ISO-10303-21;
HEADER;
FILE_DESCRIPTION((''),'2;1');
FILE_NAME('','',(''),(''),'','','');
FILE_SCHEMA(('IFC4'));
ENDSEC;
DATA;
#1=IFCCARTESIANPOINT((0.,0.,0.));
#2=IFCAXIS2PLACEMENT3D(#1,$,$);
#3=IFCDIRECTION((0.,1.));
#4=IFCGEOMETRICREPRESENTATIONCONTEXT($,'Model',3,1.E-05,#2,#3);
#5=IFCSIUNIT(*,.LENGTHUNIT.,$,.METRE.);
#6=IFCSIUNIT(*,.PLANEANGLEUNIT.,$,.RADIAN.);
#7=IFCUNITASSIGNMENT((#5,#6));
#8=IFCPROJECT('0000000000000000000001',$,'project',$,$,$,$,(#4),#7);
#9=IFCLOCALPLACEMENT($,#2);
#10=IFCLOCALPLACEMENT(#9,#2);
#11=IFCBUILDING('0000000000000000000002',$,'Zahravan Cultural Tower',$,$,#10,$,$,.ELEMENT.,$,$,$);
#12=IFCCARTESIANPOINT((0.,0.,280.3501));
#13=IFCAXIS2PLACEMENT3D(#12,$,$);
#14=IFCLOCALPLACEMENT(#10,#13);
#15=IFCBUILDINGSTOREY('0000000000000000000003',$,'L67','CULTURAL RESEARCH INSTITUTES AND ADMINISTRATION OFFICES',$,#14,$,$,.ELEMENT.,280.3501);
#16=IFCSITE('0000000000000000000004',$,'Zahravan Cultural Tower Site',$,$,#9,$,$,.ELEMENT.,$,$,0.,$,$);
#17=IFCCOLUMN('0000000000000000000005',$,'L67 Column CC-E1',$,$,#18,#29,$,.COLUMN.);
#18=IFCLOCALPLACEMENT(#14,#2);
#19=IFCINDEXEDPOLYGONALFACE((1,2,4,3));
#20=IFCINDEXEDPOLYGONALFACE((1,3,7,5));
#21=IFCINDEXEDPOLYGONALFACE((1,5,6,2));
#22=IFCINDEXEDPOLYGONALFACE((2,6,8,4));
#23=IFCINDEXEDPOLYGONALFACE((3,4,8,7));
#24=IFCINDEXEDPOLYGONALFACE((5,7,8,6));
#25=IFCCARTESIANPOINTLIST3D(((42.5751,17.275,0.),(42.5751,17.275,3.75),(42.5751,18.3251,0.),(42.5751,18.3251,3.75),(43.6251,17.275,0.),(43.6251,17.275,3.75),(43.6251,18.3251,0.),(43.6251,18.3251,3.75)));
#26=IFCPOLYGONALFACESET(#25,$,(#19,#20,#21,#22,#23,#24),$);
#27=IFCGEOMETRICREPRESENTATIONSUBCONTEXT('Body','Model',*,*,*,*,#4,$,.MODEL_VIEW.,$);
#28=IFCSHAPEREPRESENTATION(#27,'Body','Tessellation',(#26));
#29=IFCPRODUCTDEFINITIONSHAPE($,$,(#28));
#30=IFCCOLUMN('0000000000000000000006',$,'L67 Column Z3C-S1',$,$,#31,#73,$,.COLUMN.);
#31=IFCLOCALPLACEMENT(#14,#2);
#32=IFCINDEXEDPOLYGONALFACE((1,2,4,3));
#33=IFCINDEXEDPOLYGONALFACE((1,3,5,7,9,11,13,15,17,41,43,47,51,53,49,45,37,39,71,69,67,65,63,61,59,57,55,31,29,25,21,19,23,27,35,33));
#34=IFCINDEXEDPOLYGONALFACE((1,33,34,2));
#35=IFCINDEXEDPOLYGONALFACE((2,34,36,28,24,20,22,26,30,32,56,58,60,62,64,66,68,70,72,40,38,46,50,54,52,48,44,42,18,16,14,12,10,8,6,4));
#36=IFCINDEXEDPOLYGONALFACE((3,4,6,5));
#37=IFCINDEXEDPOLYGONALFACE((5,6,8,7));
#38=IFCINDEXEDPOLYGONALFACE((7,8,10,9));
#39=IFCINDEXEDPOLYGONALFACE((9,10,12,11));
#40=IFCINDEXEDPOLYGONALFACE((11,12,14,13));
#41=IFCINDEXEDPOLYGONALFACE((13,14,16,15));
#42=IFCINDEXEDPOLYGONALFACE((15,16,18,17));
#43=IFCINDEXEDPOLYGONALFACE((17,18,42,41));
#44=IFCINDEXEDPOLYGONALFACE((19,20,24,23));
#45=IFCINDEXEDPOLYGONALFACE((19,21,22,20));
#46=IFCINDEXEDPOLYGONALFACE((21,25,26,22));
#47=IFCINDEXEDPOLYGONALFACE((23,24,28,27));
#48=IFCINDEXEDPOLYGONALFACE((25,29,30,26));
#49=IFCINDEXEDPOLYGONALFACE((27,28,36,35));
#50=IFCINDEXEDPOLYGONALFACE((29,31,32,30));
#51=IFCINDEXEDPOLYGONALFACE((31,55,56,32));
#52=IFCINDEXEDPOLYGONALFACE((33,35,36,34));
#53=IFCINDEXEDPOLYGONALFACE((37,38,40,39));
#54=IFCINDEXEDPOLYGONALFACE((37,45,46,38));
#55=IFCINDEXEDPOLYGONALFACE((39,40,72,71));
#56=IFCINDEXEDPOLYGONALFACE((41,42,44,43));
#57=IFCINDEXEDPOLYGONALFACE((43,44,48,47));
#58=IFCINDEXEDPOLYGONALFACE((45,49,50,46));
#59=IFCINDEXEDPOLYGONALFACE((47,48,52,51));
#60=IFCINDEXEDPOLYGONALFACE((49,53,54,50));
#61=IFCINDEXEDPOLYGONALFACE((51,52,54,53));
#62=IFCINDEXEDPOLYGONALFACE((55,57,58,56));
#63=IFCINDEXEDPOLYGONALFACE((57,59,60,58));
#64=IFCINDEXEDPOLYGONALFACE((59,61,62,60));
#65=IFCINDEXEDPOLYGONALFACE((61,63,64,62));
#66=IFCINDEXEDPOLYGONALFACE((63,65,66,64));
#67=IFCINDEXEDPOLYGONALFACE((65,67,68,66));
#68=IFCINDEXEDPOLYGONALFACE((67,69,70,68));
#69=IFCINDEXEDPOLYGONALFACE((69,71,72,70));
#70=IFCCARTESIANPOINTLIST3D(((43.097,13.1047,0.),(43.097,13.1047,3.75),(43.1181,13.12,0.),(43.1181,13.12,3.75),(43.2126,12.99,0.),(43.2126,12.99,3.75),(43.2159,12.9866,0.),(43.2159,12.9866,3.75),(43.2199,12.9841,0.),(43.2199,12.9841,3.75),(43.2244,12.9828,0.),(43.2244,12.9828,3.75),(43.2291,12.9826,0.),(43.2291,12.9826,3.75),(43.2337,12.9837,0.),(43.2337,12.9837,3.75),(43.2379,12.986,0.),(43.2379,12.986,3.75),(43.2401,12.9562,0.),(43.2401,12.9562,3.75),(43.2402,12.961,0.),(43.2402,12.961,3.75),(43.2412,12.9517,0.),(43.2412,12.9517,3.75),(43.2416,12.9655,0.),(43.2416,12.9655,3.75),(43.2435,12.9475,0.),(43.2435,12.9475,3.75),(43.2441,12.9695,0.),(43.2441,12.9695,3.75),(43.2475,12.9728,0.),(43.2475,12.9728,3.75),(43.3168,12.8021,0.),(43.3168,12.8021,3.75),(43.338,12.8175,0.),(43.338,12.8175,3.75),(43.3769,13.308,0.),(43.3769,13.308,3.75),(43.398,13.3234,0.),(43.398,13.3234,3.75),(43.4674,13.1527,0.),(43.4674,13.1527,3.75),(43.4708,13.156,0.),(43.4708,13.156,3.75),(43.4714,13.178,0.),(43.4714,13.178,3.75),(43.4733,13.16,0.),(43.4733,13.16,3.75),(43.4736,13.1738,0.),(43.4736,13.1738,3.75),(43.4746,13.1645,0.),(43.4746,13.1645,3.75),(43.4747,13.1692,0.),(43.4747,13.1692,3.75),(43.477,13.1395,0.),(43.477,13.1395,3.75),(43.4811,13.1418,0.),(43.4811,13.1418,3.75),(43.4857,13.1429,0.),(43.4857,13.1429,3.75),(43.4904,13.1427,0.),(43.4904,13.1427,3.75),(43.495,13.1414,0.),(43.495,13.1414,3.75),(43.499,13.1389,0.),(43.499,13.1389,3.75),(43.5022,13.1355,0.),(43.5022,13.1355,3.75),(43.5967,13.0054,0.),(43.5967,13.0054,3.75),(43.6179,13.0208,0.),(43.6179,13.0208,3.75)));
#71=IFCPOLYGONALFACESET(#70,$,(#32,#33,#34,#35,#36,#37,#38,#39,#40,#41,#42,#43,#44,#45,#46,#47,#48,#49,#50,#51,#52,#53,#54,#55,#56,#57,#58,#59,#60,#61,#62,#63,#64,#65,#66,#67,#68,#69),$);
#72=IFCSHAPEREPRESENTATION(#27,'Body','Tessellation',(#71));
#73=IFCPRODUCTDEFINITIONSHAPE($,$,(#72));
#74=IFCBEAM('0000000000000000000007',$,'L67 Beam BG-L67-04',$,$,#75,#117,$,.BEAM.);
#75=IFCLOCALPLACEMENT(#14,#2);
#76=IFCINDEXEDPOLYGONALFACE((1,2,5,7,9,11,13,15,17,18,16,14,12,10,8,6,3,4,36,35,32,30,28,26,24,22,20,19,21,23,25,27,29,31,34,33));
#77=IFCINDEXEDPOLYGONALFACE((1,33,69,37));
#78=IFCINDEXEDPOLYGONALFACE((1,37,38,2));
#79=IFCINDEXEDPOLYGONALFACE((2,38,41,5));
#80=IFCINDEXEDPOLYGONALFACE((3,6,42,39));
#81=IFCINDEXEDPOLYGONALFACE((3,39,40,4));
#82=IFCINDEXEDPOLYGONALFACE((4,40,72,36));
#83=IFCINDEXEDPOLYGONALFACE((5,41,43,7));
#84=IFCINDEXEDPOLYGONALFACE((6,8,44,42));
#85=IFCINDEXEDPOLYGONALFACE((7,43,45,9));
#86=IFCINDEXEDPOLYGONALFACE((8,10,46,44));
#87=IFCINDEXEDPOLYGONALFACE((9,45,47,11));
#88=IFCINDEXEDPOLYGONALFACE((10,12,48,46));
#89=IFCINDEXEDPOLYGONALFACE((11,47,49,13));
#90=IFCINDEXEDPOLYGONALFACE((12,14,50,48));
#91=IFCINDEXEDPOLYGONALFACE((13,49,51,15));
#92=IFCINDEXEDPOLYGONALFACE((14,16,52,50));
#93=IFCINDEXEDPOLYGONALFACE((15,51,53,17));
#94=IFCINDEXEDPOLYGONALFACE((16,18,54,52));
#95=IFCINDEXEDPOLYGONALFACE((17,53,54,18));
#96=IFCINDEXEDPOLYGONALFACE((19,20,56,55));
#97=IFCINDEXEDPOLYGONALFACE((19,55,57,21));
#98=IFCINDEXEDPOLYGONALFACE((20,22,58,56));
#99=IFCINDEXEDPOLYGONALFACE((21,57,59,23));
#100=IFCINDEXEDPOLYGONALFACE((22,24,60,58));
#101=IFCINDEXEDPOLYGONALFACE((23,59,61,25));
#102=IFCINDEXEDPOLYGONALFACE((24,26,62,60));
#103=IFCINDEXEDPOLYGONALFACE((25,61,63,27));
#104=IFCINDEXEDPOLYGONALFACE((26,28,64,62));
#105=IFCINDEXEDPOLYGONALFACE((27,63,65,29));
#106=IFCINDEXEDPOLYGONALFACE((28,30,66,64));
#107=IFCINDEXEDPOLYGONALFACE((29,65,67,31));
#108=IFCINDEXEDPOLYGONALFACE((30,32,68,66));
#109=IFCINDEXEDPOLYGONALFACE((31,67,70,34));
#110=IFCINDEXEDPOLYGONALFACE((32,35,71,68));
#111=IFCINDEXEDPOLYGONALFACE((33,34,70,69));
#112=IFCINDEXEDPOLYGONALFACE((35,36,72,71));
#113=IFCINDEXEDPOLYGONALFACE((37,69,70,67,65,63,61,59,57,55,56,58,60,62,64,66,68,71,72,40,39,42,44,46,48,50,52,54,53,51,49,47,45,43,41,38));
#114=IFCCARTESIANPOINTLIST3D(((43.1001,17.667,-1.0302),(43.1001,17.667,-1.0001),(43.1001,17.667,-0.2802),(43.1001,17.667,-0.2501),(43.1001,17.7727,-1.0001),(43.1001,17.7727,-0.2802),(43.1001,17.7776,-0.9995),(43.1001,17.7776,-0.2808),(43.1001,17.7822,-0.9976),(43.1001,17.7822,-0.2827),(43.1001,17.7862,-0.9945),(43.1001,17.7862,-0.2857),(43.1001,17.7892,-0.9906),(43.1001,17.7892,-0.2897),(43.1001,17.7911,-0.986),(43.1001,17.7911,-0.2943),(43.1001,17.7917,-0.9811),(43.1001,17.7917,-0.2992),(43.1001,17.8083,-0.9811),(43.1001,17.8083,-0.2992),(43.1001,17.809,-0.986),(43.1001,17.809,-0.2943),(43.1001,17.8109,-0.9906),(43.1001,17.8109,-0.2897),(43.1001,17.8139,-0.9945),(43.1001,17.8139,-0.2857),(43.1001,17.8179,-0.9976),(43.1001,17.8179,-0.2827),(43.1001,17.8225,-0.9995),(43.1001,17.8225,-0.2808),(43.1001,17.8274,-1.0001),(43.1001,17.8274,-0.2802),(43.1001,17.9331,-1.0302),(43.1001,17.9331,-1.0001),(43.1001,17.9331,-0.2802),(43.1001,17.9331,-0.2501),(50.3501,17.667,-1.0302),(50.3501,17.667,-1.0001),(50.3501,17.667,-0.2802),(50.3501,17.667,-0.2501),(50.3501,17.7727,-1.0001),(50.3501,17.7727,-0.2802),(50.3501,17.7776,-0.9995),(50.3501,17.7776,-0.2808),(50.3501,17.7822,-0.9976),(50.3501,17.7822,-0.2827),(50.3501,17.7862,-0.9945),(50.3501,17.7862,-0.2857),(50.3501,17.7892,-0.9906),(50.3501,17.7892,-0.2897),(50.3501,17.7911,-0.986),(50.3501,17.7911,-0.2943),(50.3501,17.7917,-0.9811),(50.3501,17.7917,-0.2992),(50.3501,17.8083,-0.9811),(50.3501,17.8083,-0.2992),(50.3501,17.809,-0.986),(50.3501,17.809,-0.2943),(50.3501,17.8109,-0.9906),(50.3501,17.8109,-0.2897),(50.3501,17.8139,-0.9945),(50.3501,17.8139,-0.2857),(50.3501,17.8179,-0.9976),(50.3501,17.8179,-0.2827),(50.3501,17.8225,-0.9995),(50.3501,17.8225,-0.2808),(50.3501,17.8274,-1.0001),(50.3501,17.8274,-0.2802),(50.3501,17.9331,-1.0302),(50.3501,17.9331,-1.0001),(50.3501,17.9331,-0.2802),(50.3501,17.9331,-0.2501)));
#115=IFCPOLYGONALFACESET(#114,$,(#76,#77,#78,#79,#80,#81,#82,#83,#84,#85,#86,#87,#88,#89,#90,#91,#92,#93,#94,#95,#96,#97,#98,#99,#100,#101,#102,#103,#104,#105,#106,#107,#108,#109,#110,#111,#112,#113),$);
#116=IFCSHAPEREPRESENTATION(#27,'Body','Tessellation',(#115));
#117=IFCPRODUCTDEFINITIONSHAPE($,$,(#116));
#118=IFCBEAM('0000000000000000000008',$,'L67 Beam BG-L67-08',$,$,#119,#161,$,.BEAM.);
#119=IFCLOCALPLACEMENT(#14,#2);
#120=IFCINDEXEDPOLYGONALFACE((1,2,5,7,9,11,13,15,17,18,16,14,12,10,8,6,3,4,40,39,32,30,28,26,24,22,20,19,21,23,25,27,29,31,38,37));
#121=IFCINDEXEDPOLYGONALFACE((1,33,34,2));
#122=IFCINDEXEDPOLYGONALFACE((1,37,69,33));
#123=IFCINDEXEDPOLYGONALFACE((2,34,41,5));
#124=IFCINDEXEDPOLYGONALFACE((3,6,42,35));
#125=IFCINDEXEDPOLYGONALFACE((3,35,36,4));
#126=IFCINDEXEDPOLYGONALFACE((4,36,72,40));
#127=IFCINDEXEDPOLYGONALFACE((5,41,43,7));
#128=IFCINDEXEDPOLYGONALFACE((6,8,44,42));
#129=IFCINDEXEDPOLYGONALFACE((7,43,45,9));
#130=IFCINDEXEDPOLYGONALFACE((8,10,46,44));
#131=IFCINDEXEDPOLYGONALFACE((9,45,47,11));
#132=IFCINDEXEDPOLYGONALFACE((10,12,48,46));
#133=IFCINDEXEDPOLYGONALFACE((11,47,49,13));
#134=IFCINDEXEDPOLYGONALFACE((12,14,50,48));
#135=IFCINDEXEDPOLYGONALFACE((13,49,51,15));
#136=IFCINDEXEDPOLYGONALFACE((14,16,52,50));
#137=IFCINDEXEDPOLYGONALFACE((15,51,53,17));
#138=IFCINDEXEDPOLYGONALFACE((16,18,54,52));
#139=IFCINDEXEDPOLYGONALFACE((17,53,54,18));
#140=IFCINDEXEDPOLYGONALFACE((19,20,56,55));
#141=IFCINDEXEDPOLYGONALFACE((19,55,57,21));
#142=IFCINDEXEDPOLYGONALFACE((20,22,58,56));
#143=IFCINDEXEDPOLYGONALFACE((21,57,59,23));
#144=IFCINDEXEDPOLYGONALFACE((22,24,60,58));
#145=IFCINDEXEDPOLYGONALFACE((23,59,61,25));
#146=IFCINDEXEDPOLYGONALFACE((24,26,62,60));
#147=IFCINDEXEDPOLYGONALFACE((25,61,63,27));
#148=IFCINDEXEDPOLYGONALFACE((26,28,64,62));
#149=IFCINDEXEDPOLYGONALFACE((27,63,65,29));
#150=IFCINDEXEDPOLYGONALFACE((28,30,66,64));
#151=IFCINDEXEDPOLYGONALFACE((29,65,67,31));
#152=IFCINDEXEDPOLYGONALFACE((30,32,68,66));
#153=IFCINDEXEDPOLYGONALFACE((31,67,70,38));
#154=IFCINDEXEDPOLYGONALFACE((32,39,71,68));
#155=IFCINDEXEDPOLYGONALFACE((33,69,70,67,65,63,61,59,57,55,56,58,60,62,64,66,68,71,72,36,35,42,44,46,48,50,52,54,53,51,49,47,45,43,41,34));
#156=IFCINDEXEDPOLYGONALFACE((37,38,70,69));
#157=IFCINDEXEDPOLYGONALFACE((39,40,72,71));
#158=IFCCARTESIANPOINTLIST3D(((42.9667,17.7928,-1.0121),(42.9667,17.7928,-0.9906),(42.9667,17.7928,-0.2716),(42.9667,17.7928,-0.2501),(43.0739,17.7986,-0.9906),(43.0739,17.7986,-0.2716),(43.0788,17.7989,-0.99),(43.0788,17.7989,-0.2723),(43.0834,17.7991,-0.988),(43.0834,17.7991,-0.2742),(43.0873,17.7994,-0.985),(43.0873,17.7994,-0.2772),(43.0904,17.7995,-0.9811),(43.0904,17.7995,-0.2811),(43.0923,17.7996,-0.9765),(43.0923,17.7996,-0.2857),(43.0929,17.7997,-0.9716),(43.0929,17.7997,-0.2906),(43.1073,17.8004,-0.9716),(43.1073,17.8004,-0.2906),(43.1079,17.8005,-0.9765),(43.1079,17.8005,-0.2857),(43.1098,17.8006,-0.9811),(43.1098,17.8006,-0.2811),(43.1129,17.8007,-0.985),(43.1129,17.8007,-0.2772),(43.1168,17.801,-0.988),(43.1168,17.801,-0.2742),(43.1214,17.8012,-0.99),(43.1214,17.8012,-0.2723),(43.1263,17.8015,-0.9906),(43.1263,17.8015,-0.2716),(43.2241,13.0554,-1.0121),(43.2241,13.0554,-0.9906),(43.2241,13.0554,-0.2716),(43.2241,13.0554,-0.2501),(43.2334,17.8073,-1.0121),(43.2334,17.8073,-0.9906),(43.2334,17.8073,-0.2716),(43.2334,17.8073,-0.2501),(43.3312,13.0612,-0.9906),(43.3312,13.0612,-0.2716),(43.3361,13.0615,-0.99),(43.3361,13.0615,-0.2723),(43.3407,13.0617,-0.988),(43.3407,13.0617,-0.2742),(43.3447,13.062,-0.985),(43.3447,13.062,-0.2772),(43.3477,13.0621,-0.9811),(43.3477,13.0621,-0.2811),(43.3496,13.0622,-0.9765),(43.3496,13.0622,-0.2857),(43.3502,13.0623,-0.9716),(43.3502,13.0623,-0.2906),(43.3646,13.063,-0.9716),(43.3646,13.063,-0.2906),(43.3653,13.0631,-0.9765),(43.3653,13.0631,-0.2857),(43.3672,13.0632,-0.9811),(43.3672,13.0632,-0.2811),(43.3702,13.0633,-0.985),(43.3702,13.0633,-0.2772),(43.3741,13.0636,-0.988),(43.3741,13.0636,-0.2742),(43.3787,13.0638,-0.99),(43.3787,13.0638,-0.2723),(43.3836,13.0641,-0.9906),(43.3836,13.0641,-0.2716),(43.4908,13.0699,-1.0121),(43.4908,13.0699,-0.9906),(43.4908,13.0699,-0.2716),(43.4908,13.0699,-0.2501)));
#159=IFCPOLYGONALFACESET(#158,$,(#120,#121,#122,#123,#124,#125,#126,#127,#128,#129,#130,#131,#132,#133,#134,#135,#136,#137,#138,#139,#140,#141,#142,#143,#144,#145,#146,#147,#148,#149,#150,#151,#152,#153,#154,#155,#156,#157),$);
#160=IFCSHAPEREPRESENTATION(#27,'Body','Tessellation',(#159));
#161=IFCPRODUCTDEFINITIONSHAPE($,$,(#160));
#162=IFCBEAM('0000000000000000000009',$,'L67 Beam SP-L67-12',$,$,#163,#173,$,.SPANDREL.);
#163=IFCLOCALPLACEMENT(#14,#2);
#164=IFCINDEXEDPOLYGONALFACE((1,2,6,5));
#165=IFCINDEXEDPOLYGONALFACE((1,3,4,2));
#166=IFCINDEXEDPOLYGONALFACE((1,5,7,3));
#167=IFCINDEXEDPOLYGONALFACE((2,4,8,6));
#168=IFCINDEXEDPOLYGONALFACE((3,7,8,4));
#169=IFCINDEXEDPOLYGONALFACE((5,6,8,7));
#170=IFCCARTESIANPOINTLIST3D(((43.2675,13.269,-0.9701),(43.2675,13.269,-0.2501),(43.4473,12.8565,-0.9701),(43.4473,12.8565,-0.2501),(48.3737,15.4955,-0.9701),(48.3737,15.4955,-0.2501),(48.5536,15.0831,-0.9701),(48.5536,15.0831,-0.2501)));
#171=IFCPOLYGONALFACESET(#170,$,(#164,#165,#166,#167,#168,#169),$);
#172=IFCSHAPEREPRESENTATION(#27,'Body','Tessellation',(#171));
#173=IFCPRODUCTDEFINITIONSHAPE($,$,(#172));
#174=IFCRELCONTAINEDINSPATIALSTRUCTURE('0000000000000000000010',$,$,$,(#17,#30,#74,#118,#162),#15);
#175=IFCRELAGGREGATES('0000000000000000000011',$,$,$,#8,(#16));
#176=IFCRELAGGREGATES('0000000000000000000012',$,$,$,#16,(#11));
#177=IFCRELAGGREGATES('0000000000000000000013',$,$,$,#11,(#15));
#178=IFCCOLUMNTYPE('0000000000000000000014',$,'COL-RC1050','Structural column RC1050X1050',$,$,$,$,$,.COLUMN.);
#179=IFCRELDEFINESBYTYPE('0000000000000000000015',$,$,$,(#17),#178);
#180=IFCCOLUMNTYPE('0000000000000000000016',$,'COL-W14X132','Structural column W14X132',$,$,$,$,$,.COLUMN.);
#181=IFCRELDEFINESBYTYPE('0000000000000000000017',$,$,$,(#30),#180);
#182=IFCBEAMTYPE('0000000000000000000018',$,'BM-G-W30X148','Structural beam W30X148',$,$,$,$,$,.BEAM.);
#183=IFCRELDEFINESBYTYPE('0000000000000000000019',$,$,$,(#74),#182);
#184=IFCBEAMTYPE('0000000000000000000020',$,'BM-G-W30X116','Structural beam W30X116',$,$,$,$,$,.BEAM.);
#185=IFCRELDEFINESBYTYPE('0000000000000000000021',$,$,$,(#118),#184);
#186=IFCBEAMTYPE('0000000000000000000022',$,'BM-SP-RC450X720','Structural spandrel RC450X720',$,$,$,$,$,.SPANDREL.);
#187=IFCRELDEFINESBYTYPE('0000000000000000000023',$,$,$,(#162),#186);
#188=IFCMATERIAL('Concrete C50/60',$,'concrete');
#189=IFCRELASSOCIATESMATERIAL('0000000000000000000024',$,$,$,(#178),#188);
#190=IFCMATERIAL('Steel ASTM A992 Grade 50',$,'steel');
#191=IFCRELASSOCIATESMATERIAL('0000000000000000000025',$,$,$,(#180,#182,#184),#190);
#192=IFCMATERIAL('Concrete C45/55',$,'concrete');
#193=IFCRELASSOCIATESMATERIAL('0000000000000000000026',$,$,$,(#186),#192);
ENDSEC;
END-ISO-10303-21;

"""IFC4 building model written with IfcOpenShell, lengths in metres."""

from ifc_helpers import new_model, si_unit, direction, frame, origin, origin_2d, place, context, subcontext, project, spatial, rectangle, i_section, extrude, source, transform, mapped, material, material_profile, profile_set, type_object, element, save


model = new_model("IFC4")

# Units and contexts
model_context = context("Model", 3, precision=1e-05, world=origin(), true_north=direction((0.0, 1.0)))
body_context = subcontext(model_context, "Body", "Model", "MODEL_VIEW")
ifc_project = project(units=[si_unit("LENGTHUNIT", "METRE"), si_unit("PLANEANGLEUNIT", "RADIAN")], contexts=[model_context])

# Site, building, storey
site_placement = place(None, origin())
site = spatial("IfcSite", under=ifc_project, at=site_placement, Name="Zahravan Cultural Tower Site", CompositionType="ELEMENT", RefElevation=0.0)
building_placement = place(site_placement, origin())
building = spatial("IfcBuilding", under=site, at=building_placement, Name="Zahravan Cultural Tower", CompositionType="ELEMENT")
storey_placement = place(building_placement, frame((0.0, 0.0, 280.3501)))
storey = spatial("IfcBuildingStorey", under=building, at=storey_placement, Name="L67", Description="CULTURAL RESEARCH INSTITUTES AND ADMINISTRATION OFFICES", CompositionType="ELEMENT", Elevation=280.3501)

# Columns
ifc_material_1 = material(Name="Concrete C50/60", Category="concrete")
ifc_material_profile_1 = material_profile(ifc_material_1, rectangle(XDim=1.05, YDim=1.05, at=origin_2d()), Name="RC1050X1050")
ifc_profile_set_1 = profile_set([ifc_material_profile_1], Name="Concrete C50/60")
column_type_1 = type_object("IfcColumnType", Name="COL-RC1050", Description="Structural column RC1050X1050", PredefinedType="COLUMN", material=ifc_profile_set_1)
shared_shape_1 = source(origin(), body_context, "Body", "SweptSolid", [
    extrude(rectangle(XDim=1.05, YDim=1.05, at=origin_2d()), origin(), (0.0, 0.0, 1.0), 3.75),
])
column_1_placement = place(storey_placement, frame((43.1001, 17.8, 0.0), z_axis=(0.0, 0.0, 1.0), x_axis=(1.0, 0.0, 0.0)))
element("IfcColumn", 1, at=column_1_placement, inside=storey, type_object=column_type_1, Name="L67 Column CC-E1", PredefinedType="COLUMN", context=body_context, shape_type="MappedRepresentation", body=[
    mapped(shared_shape_1, transform((0.0, 0.0, 0.0), x_axis=(1.0, 0.0, 0.0), y_axis=(0.0, 1.0, 0.0), z_axis=(0.0, 0.0, 1.0), scale=1.0)),
])
ifc_material_2 = material(Name="Steel ASTM A992 Grade 50", Category="steel")
ifc_material_profile_2 = material_profile(ifc_material_2, i_section(OverallWidth=0.374, OverallDepth=0.3721, WebThickness=0.0164, FlangeThickness=0.0261, FilletRadius=0.0181, at=origin_2d()), Name="W14X132")
ifc_profile_set_2 = profile_set([ifc_material_profile_2], Name="Steel ASTM A992 Grade 50")
column_type_2 = type_object("IfcColumnType", Name="COL-W14X132", Description="Structural column W14X132", PredefinedType="COLUMN", material=ifc_profile_set_2)
shared_shape_2 = source(origin(), body_context, "Body", "SweptSolid", [
    extrude(i_section(OverallWidth=0.374, OverallDepth=0.3721, WebThickness=0.0164, FlangeThickness=0.0261, FilletRadius=0.0181, at=origin_2d()), origin(), (0.0, 0.0, 1.0), 3.75),
])
column_2_placement = place(storey_placement, frame((43.3574, 13.0627, 0.0), z_axis=(0.0, 0.0, 1.0), x_axis=(-0.587785, 0.809017, 0.0)))
element("IfcColumn", 2, at=column_2_placement, inside=storey, type_object=column_type_2, Name="L67 Column Z3C-S1", PredefinedType="COLUMN", context=body_context, shape_type="MappedRepresentation", body=[
    mapped(shared_shape_2, transform((0.0, 0.0, 0.0), x_axis=(1.0, 0.0, 0.0), y_axis=(0.0, 1.0, 0.0), z_axis=(0.0, 0.0, 1.0), scale=1.0)),
])

# Beams
ifc_material_profile_3 = material_profile(ifc_material_2, i_section(OverallWidth=0.2661, OverallDepth=0.78, WebThickness=0.0166, FlangeThickness=0.03, FilletRadius=0.019, at=origin_2d()), Name="W30X148")
ifc_profile_set_3 = profile_set([ifc_material_profile_3], Name="Steel ASTM A992 Grade 50")
beam_type_1 = type_object("IfcBeamType", Name="BM-G-W30X148", Description="Structural beam W30X148", PredefinedType="BEAM", material=ifc_profile_set_3)
shared_shape_3 = source(origin(), body_context, "Body", "SweptSolid", [
    extrude(i_section(OverallWidth=0.2661, OverallDepth=0.78, WebThickness=0.0166, FlangeThickness=0.03, FilletRadius=0.019, at=origin_2d()), origin(), (0.0, 0.0, 1.0), 7.25),
])
beam_1_placement = place(storey_placement, frame((43.1001, 17.8, -0.6401), z_axis=(1.0, 0.0, 0.0), x_axis=(0.0, 1.0, 0.0)))
element("IfcBeam", 3, at=beam_1_placement, inside=storey, type_object=beam_type_1, Name="L67 Beam BG-L67-04", PredefinedType="BEAM", context=body_context, shape_type="MappedRepresentation", body=[
    mapped(shared_shape_3, transform((0.0, 0.0, 0.0), x_axis=(1.0, 0.0, 0.0), y_axis=(0.0, 1.0, 0.0), z_axis=(0.0, 0.0, 1.0), scale=1.0)),
])
ifc_material_profile_4 = material_profile(ifc_material_2, i_section(OverallWidth=0.2671, OverallDepth=0.762, WebThickness=0.0144, FlangeThickness=0.0215, FilletRadius=0.019, at=origin_2d()), Name="W30X116")
ifc_profile_set_4 = profile_set([ifc_material_profile_4], Name="Steel ASTM A992 Grade 50")
beam_type_2 = type_object("IfcBeamType", Name="BM-G-W30X116", Description="Structural beam W30X116", PredefinedType="BEAM", material=ifc_profile_set_4)
shared_shape_4 = source(origin(), body_context, "Body", "SweptSolid", [
    extrude(i_section(OverallWidth=0.2671, OverallDepth=0.762, WebThickness=0.0144, FlangeThickness=0.0215, FilletRadius=0.019, at=origin_2d()), origin(), (0.0, 0.0, 1.0), 4.7444),
])
beam_2_placement = place(storey_placement, frame((43.1001, 17.8, -0.6311), z_axis=(0.054239, -0.998528, 0.0), x_axis=(0.998528, 0.054239, 0.0)))
element("IfcBeam", 4, at=beam_2_placement, inside=storey, type_object=beam_type_2, Name="L67 Beam BG-L67-08", PredefinedType="BEAM", context=body_context, shape_type="MappedRepresentation", body=[
    mapped(shared_shape_4, transform((0.0, 0.0, 0.0), x_axis=(1.0, 0.0, 0.0), y_axis=(0.0, 1.0, 0.0), z_axis=(0.0, 0.0, 1.0), scale=1.0)),
])
ifc_material_3 = material(Name="Concrete C45/55", Category="concrete")
ifc_material_profile_5 = material_profile(ifc_material_3, rectangle(XDim=0.45, YDim=0.72, at=origin_2d()), Name="RC450X720")
ifc_profile_set_5 = profile_set([ifc_material_profile_5], Name="Concrete C45/55")
beam_type_3 = type_object("IfcBeamType", Name="BM-SP-RC450X720", Description="Structural spandrel RC450X720", PredefinedType="SPANDREL", material=ifc_profile_set_5)
shared_shape_5 = source(origin(), body_context, "Body", "SweptSolid", [
    extrude(rectangle(XDim=0.45, YDim=0.72, at=origin_2d()), origin(), (0.0, 0.0, 1.0), 5.5706),
])
beam_3_placement = place(storey_placement, frame((43.3574, 13.0627, -0.6101), z_axis=(0.916645, 0.399703, 0.0), x_axis=(-0.399703, 0.916645, 0.0)))
element("IfcBeam", 5, at=beam_3_placement, inside=storey, type_object=beam_type_3, Name="L67 Beam SP-L67-12", PredefinedType="SPANDREL", context=body_context, shape_type="MappedRepresentation", body=[
    mapped(shared_shape_5, transform((0.0, 0.0, 0.0), x_axis=(1.0, 0.0, 0.0), y_axis=(0.0, 1.0, 0.0), z_axis=(0.0, 0.0, 1.0), scale=1.0)),
])

save(model, "model.ifc")
